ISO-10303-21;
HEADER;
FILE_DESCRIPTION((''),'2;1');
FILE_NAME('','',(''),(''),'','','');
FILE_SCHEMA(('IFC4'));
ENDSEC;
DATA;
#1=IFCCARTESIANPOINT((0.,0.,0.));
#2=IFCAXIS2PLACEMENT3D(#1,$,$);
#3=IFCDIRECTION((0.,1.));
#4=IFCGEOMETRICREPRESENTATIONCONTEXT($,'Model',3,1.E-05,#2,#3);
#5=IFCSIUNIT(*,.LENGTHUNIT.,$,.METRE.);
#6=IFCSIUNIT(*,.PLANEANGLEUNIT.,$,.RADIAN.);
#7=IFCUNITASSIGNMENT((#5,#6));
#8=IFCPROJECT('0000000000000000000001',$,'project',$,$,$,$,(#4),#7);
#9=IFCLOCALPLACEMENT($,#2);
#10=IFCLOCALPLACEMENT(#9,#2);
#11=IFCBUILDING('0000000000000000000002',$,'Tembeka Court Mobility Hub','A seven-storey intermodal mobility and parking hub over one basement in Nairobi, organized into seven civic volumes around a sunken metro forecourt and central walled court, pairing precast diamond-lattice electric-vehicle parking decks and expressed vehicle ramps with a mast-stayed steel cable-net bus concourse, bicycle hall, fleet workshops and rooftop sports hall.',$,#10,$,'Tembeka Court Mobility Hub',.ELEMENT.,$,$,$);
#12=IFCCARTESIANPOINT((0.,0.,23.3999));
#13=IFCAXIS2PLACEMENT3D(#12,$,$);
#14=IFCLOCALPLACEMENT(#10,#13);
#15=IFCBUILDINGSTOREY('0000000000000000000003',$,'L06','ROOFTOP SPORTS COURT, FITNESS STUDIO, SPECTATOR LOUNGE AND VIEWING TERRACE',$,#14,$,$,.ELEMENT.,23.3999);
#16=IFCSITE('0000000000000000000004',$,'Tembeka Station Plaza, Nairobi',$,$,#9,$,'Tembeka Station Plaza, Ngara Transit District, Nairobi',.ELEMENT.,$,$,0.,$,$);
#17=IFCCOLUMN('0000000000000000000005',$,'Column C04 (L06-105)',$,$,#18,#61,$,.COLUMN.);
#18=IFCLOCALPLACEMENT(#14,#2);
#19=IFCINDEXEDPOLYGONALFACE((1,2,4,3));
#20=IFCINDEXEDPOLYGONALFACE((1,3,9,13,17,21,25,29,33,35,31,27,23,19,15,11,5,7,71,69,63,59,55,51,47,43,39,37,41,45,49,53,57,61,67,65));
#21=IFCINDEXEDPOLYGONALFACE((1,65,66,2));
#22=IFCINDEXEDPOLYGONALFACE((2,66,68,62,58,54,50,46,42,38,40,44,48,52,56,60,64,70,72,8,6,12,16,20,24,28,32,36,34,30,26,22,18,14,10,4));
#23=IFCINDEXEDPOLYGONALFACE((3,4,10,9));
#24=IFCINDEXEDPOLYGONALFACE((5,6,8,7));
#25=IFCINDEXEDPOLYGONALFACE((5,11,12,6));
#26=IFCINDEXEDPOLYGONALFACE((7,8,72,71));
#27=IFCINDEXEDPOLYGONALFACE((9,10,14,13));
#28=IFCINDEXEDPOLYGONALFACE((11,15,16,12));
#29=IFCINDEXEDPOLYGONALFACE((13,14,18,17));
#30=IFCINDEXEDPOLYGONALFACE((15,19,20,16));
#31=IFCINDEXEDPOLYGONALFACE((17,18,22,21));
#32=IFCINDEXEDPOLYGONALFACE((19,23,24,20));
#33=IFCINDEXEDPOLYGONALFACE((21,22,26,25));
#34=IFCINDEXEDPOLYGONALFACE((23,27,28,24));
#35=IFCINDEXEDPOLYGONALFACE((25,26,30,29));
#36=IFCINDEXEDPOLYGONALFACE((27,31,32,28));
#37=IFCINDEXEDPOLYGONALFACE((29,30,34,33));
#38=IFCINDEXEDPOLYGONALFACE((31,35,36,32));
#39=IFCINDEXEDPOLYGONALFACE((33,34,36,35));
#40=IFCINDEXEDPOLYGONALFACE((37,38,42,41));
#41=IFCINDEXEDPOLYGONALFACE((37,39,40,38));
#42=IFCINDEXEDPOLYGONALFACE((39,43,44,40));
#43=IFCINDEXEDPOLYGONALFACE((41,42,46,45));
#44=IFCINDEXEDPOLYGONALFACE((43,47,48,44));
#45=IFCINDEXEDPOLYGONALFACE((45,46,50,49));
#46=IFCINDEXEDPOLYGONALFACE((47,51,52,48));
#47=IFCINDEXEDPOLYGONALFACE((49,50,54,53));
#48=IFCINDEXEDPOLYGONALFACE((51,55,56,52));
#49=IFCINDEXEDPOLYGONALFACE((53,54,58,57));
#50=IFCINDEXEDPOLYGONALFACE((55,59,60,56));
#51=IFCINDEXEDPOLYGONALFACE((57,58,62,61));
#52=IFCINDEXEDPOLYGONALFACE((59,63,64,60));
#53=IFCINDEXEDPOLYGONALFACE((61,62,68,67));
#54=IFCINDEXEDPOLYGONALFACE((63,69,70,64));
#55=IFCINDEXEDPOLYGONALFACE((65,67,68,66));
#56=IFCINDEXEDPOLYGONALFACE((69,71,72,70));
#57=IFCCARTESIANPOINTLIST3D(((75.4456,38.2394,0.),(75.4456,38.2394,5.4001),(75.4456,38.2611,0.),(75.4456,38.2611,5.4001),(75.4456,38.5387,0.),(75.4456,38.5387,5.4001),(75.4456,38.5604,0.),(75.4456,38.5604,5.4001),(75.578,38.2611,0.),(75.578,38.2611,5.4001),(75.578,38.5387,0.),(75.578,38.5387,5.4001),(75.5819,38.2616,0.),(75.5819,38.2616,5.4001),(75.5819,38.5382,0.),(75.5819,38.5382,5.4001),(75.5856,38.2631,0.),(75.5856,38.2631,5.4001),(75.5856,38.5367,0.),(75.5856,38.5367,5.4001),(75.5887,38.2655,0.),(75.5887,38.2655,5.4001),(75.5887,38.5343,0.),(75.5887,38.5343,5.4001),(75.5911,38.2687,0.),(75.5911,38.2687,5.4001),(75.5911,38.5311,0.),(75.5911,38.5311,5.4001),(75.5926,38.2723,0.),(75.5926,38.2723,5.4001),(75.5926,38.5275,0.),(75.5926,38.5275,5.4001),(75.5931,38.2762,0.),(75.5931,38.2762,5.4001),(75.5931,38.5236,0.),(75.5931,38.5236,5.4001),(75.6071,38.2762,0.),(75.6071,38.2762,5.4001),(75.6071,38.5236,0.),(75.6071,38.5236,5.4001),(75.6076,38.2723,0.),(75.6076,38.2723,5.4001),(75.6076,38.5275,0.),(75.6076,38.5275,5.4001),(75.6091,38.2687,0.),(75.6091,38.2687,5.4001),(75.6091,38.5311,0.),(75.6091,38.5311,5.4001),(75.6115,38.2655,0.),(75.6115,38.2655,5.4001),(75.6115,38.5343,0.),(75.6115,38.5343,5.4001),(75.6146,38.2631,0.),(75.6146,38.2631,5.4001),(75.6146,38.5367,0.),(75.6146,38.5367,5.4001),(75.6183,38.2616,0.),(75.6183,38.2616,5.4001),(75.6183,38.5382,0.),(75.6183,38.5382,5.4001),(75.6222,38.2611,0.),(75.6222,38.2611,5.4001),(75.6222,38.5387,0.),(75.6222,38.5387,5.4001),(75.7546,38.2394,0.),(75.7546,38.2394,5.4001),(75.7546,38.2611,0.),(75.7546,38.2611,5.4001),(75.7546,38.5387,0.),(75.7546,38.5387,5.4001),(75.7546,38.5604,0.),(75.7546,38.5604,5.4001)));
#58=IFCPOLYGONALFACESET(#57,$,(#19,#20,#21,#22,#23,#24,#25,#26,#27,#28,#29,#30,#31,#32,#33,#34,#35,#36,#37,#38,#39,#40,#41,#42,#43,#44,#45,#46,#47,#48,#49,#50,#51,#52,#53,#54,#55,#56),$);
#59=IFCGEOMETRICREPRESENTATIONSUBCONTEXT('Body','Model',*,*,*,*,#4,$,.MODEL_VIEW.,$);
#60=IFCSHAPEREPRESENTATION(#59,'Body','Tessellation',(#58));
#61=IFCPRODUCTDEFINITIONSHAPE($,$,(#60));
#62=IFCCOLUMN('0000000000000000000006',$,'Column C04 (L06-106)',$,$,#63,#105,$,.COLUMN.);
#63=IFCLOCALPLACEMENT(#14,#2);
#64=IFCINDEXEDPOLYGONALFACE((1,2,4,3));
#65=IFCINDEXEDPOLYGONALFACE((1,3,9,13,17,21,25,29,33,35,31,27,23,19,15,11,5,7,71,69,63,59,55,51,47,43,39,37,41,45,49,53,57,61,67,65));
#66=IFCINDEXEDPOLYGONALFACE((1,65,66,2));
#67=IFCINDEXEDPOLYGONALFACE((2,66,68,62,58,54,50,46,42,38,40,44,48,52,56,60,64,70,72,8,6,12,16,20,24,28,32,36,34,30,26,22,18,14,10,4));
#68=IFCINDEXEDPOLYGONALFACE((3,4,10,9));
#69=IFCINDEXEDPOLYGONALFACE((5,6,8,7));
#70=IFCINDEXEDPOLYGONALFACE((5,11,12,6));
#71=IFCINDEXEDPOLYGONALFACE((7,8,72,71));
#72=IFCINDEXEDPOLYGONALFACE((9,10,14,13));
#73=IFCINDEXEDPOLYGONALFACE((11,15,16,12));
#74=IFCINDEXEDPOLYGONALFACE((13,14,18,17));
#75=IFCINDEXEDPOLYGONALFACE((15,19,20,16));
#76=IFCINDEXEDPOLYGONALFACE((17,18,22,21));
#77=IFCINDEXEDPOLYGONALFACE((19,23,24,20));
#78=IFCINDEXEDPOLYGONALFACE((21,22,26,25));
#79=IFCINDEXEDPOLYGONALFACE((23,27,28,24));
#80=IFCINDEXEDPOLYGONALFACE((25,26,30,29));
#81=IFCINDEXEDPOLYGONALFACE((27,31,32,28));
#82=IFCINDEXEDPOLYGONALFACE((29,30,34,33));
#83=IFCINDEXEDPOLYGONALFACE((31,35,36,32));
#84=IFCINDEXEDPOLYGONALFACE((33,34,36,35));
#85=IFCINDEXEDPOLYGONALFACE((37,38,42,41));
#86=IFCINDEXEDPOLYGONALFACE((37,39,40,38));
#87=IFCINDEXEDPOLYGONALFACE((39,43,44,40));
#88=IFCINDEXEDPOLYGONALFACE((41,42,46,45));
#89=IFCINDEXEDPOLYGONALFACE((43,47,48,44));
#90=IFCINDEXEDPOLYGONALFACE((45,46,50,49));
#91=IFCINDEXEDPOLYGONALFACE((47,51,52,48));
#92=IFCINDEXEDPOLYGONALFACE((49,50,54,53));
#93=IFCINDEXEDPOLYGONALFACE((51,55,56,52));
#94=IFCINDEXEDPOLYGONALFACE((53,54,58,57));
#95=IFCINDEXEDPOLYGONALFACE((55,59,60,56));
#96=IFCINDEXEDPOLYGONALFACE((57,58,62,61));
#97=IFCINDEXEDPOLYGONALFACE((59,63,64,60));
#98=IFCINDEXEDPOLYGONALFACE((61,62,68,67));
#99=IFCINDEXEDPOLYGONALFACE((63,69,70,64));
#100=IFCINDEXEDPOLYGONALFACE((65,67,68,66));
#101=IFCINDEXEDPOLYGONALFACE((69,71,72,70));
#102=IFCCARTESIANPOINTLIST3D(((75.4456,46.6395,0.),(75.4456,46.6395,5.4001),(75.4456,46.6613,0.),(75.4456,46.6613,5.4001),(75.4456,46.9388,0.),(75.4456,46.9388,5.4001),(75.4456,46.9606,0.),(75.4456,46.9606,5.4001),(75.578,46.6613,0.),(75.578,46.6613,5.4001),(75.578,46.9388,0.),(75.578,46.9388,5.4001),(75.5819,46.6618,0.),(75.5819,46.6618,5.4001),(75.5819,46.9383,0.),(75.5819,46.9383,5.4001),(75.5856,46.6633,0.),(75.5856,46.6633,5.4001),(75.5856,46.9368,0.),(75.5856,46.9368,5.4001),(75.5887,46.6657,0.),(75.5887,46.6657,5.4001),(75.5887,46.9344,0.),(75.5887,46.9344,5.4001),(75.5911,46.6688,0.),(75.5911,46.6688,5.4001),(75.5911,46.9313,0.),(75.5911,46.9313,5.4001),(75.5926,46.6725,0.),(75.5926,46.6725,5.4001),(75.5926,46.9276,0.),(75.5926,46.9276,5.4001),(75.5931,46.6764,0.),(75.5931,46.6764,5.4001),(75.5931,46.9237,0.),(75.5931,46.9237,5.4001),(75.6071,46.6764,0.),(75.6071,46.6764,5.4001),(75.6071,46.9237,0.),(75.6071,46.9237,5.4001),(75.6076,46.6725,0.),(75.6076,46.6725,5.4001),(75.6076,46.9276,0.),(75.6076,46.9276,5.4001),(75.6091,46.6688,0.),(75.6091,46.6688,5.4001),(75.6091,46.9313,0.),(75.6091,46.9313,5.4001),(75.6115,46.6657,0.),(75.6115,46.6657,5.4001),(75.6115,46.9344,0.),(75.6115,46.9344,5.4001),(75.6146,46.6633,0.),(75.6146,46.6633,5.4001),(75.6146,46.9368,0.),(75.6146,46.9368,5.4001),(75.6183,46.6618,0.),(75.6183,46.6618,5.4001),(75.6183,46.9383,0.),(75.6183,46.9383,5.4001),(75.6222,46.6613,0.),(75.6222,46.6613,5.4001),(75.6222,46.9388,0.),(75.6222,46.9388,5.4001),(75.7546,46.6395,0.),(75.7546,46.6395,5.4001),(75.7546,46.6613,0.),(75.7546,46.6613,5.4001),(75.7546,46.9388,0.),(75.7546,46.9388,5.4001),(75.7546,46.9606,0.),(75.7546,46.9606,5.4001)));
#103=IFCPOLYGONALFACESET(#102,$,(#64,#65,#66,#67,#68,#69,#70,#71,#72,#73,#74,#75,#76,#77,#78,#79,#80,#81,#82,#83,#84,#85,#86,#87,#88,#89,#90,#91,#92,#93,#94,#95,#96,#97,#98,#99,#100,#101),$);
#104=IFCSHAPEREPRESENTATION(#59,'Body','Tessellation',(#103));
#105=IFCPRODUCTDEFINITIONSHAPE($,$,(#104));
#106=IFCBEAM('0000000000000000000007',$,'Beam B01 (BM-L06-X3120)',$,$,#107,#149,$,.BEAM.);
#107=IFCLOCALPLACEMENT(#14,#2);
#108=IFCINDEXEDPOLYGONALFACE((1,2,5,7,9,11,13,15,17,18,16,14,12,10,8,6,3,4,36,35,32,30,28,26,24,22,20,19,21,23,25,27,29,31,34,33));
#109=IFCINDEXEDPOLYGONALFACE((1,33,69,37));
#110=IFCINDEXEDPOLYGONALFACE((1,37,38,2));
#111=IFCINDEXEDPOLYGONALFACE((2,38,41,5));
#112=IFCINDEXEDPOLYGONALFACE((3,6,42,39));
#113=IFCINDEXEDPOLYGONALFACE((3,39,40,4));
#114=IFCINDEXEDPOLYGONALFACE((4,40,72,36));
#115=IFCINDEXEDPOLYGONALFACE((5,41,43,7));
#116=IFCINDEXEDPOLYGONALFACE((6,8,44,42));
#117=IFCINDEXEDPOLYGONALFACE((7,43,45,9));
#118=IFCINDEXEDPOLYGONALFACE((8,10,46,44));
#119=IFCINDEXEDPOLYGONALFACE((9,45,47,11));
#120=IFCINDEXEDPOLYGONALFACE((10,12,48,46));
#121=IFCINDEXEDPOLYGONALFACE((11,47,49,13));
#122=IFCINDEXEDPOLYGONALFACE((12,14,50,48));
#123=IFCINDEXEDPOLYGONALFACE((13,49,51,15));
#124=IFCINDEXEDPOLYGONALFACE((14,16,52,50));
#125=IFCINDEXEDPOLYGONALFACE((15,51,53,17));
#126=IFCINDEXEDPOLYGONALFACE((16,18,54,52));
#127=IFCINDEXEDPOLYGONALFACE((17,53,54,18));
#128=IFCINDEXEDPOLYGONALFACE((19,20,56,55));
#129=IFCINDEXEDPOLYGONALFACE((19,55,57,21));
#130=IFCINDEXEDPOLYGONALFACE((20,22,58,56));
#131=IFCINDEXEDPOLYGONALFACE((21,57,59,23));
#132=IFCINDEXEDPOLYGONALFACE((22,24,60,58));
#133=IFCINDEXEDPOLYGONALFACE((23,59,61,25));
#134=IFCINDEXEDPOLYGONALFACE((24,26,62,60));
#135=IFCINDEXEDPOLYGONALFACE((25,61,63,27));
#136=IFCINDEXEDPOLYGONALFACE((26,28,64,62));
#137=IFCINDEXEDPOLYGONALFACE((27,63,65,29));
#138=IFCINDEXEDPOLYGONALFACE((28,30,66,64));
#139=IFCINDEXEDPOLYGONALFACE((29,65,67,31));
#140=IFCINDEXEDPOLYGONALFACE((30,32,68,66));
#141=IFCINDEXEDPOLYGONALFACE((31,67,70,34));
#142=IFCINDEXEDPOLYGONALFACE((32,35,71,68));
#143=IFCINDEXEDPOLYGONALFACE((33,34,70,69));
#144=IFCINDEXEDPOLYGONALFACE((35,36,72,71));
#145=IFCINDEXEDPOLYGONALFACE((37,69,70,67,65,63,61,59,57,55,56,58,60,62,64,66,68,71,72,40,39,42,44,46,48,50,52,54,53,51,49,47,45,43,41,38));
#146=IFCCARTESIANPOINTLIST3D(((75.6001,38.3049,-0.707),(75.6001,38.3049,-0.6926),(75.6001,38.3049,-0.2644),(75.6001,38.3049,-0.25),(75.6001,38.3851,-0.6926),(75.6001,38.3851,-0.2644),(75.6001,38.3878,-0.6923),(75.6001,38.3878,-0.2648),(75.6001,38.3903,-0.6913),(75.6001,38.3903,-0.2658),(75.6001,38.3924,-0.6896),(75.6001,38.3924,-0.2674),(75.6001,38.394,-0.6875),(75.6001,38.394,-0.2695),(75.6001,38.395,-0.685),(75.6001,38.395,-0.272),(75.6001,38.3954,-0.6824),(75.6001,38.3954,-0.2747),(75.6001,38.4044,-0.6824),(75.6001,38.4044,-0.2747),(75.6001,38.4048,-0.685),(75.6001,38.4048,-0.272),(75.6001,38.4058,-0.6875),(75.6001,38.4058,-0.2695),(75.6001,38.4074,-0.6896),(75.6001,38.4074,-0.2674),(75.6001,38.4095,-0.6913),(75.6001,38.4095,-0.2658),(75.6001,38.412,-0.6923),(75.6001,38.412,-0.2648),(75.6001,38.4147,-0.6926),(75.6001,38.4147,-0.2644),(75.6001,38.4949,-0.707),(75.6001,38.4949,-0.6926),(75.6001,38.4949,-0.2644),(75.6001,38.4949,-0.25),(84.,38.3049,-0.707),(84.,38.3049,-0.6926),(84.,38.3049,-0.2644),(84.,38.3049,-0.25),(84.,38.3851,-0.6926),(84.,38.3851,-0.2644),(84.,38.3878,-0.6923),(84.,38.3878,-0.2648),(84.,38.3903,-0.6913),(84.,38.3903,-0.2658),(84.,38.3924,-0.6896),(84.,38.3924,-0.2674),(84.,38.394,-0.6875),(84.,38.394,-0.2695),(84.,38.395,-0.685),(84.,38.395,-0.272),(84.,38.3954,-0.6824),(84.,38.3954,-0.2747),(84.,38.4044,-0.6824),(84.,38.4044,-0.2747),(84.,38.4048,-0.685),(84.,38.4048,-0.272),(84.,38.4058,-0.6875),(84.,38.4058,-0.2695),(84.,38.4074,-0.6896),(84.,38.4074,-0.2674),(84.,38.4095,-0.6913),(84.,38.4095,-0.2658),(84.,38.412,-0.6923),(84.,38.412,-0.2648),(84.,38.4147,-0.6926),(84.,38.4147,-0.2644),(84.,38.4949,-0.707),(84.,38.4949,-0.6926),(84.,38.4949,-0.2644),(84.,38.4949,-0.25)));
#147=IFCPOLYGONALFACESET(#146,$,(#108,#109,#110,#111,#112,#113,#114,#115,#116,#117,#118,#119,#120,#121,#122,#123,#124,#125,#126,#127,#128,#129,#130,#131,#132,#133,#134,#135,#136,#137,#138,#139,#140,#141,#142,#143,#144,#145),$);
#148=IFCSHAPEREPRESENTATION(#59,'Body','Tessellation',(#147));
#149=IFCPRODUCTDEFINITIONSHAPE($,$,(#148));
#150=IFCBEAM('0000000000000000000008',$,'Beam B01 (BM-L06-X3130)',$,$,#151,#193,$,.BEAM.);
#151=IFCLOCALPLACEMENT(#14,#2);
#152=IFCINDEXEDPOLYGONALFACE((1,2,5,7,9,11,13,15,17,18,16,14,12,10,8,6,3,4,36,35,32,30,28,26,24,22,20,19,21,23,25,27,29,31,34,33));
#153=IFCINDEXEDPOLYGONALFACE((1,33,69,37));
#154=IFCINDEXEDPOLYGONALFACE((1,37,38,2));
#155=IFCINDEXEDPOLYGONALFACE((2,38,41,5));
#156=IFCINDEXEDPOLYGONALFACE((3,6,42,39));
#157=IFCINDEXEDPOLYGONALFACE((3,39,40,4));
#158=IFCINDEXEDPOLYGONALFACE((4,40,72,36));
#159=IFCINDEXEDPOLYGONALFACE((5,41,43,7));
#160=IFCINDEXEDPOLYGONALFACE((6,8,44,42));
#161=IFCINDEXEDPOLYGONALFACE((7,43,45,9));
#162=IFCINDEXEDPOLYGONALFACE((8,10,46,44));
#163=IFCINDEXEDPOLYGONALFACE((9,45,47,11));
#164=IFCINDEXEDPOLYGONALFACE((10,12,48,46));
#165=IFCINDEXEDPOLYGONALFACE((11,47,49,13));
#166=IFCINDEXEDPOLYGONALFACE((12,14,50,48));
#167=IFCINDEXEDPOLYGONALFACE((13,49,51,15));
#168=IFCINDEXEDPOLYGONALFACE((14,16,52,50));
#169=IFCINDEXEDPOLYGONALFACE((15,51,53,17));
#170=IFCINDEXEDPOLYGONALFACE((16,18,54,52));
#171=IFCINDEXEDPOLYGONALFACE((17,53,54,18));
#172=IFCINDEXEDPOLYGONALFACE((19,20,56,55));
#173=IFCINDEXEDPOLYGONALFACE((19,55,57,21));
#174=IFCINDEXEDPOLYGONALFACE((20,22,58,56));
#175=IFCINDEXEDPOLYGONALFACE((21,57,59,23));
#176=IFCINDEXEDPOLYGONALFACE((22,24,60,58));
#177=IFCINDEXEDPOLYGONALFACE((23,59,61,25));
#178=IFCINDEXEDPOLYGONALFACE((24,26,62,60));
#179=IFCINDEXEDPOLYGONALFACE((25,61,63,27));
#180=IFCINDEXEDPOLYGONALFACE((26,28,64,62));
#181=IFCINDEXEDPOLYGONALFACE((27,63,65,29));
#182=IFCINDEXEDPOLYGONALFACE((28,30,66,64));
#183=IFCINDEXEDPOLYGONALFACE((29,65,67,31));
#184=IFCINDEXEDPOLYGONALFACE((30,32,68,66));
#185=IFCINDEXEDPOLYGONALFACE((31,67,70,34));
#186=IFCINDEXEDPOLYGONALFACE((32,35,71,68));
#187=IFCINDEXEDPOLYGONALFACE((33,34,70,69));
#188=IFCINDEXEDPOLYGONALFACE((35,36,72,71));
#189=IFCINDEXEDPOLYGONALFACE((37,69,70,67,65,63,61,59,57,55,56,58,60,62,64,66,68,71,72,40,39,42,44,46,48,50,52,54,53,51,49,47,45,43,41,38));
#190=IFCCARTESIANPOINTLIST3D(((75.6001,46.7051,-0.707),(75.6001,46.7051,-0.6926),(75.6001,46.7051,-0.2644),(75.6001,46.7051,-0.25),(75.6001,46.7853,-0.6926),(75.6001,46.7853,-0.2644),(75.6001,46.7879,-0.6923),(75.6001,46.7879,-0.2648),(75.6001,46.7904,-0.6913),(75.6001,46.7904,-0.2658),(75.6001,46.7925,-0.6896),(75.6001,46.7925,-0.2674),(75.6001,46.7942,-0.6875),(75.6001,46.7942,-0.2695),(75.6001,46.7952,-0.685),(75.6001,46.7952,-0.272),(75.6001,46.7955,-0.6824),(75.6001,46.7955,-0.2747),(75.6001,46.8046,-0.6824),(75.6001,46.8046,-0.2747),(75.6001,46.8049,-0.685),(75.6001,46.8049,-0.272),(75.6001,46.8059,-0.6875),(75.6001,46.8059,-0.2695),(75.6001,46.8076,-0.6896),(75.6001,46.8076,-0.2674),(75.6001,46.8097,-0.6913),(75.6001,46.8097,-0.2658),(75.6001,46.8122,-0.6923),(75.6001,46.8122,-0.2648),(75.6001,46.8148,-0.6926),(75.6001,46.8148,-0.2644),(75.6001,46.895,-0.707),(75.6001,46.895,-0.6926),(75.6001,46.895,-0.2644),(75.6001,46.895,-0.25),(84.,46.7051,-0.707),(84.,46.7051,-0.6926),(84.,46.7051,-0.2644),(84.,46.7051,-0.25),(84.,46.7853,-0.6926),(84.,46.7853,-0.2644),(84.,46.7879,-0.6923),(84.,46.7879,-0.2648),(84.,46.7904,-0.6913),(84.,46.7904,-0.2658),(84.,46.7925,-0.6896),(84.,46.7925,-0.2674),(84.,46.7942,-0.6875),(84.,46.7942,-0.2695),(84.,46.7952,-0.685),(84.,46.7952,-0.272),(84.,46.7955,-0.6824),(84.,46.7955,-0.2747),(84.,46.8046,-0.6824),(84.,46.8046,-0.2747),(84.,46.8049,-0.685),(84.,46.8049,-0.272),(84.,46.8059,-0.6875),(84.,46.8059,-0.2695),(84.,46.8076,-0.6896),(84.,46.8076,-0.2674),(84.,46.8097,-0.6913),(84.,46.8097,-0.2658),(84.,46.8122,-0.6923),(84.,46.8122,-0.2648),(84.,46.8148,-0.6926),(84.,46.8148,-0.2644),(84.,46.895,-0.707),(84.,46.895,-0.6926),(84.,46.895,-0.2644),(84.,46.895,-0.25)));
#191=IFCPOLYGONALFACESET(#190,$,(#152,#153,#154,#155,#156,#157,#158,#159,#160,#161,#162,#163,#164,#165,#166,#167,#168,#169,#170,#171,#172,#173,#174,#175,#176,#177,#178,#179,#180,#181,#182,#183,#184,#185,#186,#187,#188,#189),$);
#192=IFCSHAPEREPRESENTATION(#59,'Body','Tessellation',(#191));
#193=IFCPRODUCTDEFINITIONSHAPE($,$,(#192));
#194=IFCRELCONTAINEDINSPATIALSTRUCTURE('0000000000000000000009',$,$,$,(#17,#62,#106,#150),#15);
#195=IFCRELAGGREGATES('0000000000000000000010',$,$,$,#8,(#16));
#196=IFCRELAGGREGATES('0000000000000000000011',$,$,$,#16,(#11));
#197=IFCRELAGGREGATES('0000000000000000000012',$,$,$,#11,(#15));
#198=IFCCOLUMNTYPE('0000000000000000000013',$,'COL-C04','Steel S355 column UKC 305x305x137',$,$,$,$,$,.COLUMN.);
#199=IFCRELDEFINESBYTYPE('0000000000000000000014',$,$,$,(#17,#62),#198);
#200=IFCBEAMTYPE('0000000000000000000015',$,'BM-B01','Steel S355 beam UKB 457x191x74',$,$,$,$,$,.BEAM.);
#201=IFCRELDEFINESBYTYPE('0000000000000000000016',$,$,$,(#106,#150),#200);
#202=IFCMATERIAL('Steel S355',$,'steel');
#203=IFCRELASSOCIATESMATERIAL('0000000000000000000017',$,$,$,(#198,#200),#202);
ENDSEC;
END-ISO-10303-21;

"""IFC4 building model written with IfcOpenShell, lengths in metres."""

from ifc_helpers import new_model, si_unit, direction, frame, origin, origin_2d, place, context, subcontext, project, spatial, i_section, extrude, material, material_profile, profile_set, type_object, element, save


model = new_model("IFC4")

# Units and contexts
model_context = context("Model", 3, precision=1e-05, world=origin(), true_north=direction((0.0, 1.0)))
body_context = subcontext(model_context, "Body", "Model", "MODEL_VIEW")
ifc_project = project(units=[si_unit("LENGTHUNIT", "METRE"), si_unit("PLANEANGLEUNIT", "RADIAN")], contexts=[model_context])

# Site, building, storey
site_placement = place(None, origin())
site = spatial("IfcSite", under=ifc_project, at=site_placement, Name="Tembeka Station Plaza, Nairobi", LongName="Tembeka Station Plaza, Ngara Transit District, Nairobi", CompositionType="ELEMENT", RefElevation=0.0)
building_placement = place(site_placement, origin())
building = spatial("IfcBuilding", under=site, at=building_placement, Name="Tembeka Court Mobility Hub", Description="A seven-storey intermodal mobility and parking hub over one basement in Nairobi, organized into seven civic volumes around a sunken metro forecourt and central walled court, pairing precast diamond-lattice electric-vehicle parking decks and expressed vehicle ramps with a mast-stayed steel cable-net bus concourse, bicycle hall, fleet workshops and rooftop sports hall.", LongName="Tembeka Court Mobility Hub", CompositionType="ELEMENT")
storey_placement = place(building_placement, frame((0.0, 0.0, 23.3999)))
storey = spatial("IfcBuildingStorey", under=building, at=storey_placement, Name="L06", Description="ROOFTOP SPORTS COURT, FITNESS STUDIO, SPECTATOR LOUNGE AND VIEWING TERRACE", CompositionType="ELEMENT", Elevation=23.3999)

# Columns
ifc_material_1 = material(Name="Steel S355", Category="steel")
ifc_material_profile_1 = material_profile(ifc_material_1, i_section(OverallWidth=0.3091, OverallDepth=0.321, WebThickness=0.0139, FlangeThickness=0.0217, FilletRadius=0.0151, at=origin_2d()), Name="UKC 305x305x137")
ifc_profile_set_1 = profile_set([ifc_material_profile_1], Name="Steel S355")
column_type = type_object("IfcColumnType", Name="COL-C04", Description="Steel S355 column UKC 305x305x137", PredefinedType="COLUMN", material=ifc_profile_set_1)
for number, where, z_axis, x_axis, name in (
    (1, (75.6001, 38.3999, 0.0), (0.0, 0.0, 1.0), (1.0, 0.0, 0.0), "Column C04 (L06-105)"),
    (2, (75.6001, 46.8, 0.0), (0.0, 0.0, 1.0), (1.0, 0.0, 0.0), "Column C04 (L06-106)"),
):
    element("IfcColumn", number, at=place(storey_placement, frame(where, z_axis=z_axis, x_axis=x_axis)), inside=storey, type_object=column_type, Name=name, PredefinedType="COLUMN", context=body_context, shape_type="SweptSolid", body=[
        extrude(i_section(OverallWidth=0.3091, OverallDepth=0.321, WebThickness=0.0139, FlangeThickness=0.0217, FilletRadius=0.0151, at=origin_2d()), origin(), (0.0, 0.0, 1.0), 5.4001),
    ])

# Beams
ifc_material_profile_2 = material_profile(ifc_material_1, i_section(OverallWidth=0.1899, OverallDepth=0.457, WebThickness=0.009, FlangeThickness=0.0144, FilletRadius=0.0103, at=origin_2d()), Name="UKB 457x191x74")
ifc_profile_set_2 = profile_set([ifc_material_profile_2], Name="Steel S355")
beam_type_1 = type_object("IfcBeamType", Name="BM-B01", Description="Steel S355 beam UKB 457x191x74", PredefinedType="BEAM", material=ifc_profile_set_2)
for number, where, z_axis, x_axis, name in (
    (3, (75.6001, 38.3999, -0.4785), (1.0, 0.0, 0.0), (0.0, 1.0, 0.0), "Beam B01 (BM-L06-X3120)"),
    (4, (75.6001, 46.8, -0.4785), (1.0, 0.0, 0.0), (0.0, 1.0, 0.0), "Beam B01 (BM-L06-X3130)"),
):
    element("IfcBeam", number, at=place(storey_placement, frame(where, z_axis=z_axis, x_axis=x_axis)), inside=storey, type_object=beam_type_1, Name=name, PredefinedType="BEAM", context=body_context, shape_type="SweptSolid", body=[
        extrude(i_section(OverallWidth=0.1899, OverallDepth=0.457, WebThickness=0.009, FlangeThickness=0.0144, FilletRadius=0.0103, at=origin_2d()), origin(), (0.0, 0.0, 1.0), 8.3999),
    ])

save(model, "model.ifc")
